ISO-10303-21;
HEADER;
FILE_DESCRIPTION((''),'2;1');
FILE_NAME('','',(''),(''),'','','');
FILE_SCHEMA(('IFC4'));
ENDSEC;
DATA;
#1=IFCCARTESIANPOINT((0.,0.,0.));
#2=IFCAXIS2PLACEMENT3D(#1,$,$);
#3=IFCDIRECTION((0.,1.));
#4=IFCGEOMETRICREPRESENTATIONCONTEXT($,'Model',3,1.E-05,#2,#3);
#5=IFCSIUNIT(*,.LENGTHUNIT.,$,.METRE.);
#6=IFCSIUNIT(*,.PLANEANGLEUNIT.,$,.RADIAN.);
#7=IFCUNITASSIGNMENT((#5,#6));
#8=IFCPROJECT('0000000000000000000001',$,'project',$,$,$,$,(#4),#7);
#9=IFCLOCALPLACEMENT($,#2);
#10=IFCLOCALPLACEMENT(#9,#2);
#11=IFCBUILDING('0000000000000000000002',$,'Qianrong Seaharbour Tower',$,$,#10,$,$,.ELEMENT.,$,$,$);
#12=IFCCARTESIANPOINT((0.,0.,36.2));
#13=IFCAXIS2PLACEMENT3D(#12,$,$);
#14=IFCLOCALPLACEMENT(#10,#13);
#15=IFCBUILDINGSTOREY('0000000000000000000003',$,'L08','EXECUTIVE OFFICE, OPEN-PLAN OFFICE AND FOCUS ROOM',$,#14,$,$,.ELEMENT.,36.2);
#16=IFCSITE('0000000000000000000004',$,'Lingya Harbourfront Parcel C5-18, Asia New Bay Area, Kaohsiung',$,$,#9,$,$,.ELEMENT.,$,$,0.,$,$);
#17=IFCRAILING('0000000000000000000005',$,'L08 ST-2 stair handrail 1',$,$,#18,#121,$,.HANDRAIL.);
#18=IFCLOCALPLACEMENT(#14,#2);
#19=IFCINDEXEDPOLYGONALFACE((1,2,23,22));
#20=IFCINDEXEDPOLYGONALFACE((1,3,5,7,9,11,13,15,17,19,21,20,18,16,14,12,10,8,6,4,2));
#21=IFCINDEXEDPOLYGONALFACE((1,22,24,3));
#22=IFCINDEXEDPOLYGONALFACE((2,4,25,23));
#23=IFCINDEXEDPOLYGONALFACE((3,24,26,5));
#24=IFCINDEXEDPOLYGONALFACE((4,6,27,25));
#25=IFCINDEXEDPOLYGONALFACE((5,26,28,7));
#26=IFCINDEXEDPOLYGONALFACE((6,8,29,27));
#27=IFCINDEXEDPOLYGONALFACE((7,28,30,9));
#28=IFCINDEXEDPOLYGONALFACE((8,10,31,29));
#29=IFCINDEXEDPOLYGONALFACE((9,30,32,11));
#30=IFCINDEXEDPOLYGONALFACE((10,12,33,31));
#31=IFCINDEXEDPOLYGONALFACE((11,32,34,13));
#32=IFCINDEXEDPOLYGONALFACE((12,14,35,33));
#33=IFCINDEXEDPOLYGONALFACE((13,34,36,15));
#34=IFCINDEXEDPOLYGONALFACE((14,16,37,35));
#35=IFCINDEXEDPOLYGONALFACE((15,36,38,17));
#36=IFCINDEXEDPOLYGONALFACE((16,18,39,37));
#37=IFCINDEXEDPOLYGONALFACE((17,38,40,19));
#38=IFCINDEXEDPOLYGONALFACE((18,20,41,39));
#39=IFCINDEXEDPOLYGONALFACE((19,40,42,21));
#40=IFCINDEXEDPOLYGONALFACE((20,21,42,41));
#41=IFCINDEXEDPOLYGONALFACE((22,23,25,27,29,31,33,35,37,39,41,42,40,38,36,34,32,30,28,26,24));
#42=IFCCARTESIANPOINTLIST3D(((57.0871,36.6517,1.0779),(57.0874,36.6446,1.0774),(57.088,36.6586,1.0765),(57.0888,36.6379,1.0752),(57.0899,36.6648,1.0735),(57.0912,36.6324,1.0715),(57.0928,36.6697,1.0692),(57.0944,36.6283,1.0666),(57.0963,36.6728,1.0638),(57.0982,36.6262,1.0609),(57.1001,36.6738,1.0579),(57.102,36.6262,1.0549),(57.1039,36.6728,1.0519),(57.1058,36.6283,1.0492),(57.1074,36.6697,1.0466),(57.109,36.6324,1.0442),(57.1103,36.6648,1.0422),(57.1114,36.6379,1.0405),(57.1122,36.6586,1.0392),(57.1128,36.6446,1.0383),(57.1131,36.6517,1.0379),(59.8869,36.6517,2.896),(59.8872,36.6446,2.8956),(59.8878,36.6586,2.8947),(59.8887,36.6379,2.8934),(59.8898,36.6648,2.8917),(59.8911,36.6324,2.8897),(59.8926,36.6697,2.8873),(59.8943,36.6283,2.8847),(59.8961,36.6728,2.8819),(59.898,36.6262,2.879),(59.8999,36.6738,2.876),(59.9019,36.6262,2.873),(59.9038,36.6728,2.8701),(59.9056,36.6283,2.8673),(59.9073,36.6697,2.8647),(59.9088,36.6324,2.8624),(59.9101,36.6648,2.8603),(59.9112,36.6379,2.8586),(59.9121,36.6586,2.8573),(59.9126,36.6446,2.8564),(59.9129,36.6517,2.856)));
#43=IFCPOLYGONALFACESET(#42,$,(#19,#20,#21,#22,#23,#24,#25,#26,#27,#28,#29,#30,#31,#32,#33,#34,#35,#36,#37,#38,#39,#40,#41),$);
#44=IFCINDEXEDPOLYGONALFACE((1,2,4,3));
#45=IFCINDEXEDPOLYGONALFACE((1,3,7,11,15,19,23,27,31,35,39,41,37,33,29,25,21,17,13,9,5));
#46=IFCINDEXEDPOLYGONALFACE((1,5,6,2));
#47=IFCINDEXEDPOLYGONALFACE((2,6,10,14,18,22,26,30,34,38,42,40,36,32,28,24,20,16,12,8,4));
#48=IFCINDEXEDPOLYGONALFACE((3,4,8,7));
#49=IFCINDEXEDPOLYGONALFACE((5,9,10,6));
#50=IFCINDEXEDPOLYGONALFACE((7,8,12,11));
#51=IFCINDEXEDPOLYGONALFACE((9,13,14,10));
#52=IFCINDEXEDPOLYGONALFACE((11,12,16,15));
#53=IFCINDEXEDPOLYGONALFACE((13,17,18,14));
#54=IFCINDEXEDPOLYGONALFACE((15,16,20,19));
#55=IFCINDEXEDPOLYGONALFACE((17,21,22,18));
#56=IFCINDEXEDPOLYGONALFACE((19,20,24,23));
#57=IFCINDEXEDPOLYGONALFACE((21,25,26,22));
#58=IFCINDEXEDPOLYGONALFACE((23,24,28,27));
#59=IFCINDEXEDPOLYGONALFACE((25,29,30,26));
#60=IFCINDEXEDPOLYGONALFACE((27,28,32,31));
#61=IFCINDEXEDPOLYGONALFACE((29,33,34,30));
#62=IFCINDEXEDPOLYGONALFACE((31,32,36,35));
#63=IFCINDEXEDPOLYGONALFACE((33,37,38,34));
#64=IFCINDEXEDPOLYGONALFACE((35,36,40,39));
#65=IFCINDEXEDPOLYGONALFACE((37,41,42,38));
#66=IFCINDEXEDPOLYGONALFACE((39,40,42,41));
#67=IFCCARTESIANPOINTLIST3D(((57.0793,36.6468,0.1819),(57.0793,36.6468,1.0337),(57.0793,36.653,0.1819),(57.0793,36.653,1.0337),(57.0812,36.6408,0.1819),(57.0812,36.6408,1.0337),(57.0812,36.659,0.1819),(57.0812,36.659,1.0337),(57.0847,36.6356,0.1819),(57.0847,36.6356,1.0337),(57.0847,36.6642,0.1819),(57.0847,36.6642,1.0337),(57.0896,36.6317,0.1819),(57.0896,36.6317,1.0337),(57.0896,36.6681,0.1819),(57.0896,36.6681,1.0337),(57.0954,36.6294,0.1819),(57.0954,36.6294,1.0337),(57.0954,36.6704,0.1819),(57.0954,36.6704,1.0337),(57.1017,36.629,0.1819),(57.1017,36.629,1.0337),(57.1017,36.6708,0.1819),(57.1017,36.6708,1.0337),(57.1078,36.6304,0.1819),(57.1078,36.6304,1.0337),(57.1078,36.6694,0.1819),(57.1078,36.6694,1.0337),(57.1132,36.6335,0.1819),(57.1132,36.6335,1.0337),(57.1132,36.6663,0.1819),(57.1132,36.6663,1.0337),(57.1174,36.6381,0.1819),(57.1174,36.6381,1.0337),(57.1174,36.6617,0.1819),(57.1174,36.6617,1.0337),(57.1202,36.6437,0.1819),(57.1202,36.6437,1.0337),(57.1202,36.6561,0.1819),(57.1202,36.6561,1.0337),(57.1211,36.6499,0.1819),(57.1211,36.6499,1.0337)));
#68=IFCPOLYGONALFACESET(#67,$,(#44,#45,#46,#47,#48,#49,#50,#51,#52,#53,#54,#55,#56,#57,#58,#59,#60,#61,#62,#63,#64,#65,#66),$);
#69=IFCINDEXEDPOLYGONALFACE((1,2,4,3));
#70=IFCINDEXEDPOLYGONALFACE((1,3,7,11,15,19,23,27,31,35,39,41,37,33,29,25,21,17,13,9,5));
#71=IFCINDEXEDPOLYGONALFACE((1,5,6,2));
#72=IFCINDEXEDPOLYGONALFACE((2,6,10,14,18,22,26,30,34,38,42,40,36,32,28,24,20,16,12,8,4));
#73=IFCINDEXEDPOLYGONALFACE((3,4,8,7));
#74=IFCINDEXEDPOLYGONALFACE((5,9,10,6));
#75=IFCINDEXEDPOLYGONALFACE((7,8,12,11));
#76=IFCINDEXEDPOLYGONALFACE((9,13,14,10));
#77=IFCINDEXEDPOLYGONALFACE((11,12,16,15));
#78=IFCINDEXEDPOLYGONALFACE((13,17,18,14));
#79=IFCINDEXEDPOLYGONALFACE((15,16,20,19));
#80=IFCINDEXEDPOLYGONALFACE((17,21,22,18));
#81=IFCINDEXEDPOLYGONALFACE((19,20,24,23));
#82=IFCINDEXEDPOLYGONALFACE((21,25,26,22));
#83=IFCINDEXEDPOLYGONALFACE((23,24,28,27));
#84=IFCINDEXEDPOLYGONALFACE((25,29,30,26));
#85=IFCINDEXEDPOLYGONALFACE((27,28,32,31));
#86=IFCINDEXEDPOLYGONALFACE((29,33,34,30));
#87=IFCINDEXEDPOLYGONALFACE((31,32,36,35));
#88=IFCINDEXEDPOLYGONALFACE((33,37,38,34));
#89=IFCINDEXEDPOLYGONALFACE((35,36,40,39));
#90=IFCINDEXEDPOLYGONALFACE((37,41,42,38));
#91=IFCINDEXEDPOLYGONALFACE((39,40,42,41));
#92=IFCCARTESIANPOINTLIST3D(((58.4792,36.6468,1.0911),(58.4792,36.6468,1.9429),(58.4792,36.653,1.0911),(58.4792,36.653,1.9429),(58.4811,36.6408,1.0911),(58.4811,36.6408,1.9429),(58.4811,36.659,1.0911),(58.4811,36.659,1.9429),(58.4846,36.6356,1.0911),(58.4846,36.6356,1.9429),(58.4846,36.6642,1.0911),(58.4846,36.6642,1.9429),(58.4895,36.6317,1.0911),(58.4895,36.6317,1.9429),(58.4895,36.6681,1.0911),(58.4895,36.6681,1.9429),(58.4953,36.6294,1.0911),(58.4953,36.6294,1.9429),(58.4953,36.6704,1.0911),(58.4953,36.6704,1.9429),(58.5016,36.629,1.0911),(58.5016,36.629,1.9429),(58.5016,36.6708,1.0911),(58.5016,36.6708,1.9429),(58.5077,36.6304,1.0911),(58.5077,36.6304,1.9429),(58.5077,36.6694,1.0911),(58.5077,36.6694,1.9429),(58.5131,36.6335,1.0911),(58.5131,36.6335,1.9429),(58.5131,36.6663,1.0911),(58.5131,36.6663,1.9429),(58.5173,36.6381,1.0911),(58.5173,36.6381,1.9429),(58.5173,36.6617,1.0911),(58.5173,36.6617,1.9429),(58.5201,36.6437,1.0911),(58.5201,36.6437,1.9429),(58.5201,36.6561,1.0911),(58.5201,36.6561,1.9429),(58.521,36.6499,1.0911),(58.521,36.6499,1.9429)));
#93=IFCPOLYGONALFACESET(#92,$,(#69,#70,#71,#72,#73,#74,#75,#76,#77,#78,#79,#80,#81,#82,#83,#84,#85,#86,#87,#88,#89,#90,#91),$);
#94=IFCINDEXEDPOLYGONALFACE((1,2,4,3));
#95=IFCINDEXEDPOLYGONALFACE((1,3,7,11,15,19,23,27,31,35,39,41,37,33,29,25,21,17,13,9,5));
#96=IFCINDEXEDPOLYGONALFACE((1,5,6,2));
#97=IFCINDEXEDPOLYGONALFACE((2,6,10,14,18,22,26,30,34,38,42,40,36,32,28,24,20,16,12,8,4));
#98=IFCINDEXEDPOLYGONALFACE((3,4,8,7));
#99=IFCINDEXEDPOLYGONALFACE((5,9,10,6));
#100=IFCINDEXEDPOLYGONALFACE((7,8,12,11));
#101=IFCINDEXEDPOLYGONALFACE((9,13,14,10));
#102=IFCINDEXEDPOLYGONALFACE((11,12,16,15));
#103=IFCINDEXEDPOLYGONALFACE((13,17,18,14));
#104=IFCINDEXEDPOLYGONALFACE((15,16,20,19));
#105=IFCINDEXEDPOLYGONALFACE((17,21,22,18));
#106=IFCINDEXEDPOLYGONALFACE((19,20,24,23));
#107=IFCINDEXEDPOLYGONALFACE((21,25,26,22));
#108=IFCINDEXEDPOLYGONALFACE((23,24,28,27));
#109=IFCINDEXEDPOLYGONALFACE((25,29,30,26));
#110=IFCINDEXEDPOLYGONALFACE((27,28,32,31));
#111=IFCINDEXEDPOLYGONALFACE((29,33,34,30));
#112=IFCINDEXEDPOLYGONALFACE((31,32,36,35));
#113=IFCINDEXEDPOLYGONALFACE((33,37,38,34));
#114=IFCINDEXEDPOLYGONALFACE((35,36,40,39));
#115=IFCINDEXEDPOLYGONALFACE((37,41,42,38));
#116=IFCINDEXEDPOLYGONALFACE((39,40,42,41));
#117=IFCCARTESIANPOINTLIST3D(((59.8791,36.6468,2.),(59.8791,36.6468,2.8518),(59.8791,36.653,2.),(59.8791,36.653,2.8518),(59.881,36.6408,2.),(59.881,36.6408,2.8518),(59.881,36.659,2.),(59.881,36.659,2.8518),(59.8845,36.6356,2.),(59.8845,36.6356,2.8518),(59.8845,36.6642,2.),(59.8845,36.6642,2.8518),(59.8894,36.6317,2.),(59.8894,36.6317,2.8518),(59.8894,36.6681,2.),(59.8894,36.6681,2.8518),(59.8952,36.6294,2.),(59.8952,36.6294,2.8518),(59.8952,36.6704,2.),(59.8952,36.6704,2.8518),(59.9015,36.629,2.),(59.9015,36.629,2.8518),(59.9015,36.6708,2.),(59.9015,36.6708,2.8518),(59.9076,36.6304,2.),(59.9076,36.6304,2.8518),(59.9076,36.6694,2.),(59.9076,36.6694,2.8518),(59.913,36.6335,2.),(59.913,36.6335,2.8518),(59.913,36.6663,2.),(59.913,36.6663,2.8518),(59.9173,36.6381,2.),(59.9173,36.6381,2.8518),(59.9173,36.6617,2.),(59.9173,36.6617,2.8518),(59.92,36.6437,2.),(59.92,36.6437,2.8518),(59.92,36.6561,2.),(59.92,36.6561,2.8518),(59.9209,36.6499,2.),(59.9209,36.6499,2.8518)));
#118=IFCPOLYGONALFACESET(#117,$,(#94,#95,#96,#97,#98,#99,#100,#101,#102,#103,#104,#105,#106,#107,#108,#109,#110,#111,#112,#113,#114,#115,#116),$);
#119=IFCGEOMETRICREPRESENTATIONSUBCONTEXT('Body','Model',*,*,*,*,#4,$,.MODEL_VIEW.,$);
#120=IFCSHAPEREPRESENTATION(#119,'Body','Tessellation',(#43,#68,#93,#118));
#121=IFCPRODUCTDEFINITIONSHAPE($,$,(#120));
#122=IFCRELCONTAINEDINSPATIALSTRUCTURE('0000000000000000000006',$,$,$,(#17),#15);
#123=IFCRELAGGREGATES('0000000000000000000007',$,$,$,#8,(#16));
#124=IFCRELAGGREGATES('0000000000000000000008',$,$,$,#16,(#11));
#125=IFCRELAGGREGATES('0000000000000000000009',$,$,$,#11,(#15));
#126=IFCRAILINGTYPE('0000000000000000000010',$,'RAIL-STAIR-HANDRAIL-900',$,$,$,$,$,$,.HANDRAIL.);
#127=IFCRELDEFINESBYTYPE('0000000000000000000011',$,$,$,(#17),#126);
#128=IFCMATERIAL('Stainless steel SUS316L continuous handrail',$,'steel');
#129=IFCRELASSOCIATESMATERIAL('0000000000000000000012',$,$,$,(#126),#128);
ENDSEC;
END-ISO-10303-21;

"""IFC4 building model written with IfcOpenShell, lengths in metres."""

from ifc_helpers import new_model, si_unit, direction, frame, origin, origin_2d, place, context, subcontext, project, spatial, circle, extrude, material, type_object, element, save


model = new_model("IFC4")

# Units and contexts
model_context = context("Model", 3, precision=1e-05, world=origin(), true_north=direction((0.0, 1.0)))
body_context = subcontext(model_context, "Body", "Model", "MODEL_VIEW")
ifc_project = project(units=[si_unit("LENGTHUNIT", "METRE"), si_unit("PLANEANGLEUNIT", "RADIAN")], contexts=[model_context])

# Site, building, storey
site_placement = place(None, origin())
site = spatial("IfcSite", under=ifc_project, at=site_placement, Name="Lingya Harbourfront Parcel C5-18, Asia New Bay Area, Kaohsiung", CompositionType="ELEMENT", RefElevation=0.0)
building_placement = place(site_placement, origin())
building = spatial("IfcBuilding", under=site, at=building_placement, Name="Qianrong Seaharbour Tower", CompositionType="ELEMENT")
storey_placement = place(building_placement, frame((0.0, 0.0, 36.2)))
storey = spatial("IfcBuildingStorey", under=building, at=storey_placement, Name="L08", Description="EXECUTIVE OFFICE, OPEN-PLAN OFFICE AND FOCUS ROOM", CompositionType="ELEMENT", Elevation=36.2)

# Railing
ifc_material_1 = material(Name="Stainless steel SUS316L continuous handrail", Category="steel")
railing_type_1 = type_object("IfcRailingType", Name="RAIL-STAIR-HANDRAIL-900", PredefinedType="HANDRAIL", material=ifc_material_1)
railing_1_placement = place(storey_placement, frame((57.1001, 36.6499, 0.1819)))
element("IfcRailing", 1, at=railing_1_placement, inside=storey, type_object=railing_type_1, Name="L08 ST-2 stair handrail 1", PredefinedType="HANDRAIL", context=body_context, shape_type="SweptSolid", body=[
    extrude(circle(Radius=0.0239, at=origin_2d()), frame((0.0, 0.0, 0.876), z_axis=(0.838684, 0.0, 0.544618), x_axis=(0.0, 1.0, 0.0)), (0.0, 0.0, 1.0), 3.3384),
    extrude(circle(Radius=0.021, at=origin_2d()), origin(), (0.0, 0.0, 1.0), 0.8518),
    extrude(circle(Radius=0.021, at=origin_2d()), frame((1.3999, 0.0, 0.9092)), (0.0, 0.0, 1.0), 0.8518),
    extrude(circle(Radius=0.021, at=origin_2d()), frame((2.7998, 0.0, 1.8181)), (0.0, 0.0, 1.0), 0.8518),
])

save(model, "model.ifc")
